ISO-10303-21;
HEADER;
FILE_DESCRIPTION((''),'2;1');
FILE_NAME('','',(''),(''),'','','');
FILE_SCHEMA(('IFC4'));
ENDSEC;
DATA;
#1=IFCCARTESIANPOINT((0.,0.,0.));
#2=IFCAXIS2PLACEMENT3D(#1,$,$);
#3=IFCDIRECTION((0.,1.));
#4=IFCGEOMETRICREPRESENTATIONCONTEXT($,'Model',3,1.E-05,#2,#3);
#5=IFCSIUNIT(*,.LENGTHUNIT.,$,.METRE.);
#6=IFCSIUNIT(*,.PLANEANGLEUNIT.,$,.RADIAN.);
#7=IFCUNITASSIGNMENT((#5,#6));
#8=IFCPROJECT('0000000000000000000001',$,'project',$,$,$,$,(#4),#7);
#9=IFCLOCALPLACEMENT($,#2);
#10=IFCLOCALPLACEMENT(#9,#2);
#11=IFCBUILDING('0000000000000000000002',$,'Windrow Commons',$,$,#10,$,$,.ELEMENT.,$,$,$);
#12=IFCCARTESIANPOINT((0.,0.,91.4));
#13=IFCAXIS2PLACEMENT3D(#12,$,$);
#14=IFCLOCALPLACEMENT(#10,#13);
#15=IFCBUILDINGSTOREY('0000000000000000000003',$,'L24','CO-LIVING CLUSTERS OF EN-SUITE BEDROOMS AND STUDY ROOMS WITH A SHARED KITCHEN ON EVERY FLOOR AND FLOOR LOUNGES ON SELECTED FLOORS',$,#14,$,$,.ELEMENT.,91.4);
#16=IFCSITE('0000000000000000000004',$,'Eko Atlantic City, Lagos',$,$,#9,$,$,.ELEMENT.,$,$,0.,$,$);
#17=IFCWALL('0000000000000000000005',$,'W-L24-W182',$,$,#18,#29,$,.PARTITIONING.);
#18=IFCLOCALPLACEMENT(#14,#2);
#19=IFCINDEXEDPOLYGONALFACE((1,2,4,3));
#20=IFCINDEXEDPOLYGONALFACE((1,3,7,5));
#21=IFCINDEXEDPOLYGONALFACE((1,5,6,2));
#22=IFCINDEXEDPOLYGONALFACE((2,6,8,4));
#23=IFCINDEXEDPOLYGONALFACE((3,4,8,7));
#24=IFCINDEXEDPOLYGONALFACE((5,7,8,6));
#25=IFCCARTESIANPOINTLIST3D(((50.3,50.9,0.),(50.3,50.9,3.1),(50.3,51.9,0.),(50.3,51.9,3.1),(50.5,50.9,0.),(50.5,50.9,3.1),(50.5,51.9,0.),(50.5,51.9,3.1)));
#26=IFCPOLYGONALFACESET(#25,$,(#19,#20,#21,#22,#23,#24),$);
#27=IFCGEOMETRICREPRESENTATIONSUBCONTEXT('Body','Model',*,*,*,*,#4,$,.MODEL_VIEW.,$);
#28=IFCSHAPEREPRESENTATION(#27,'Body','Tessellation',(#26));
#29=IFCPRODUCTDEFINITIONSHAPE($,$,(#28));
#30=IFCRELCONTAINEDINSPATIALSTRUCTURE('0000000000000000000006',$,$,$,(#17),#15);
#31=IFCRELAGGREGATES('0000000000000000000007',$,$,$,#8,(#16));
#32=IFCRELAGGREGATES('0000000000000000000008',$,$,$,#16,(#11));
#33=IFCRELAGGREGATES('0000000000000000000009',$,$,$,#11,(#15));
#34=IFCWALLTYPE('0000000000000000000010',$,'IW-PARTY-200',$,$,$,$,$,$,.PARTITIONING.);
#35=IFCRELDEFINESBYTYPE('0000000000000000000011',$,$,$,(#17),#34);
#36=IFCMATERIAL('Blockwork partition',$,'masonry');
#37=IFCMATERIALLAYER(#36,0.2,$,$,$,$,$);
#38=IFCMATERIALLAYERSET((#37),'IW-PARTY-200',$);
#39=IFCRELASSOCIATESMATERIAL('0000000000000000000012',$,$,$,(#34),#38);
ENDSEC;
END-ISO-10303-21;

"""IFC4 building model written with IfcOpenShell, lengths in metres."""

from ifc_helpers import new_model, si_unit, direction, frame, frame_2d, origin, place, context, subcontext, project, spatial, rectangle, extrude, material, layer, layer_set, type_object, element, save


model = new_model("IFC4")

# Units and contexts
model_context = context("Model", 3, precision=1e-05, world=origin(), true_north=direction((0.0, 1.0)))
body_context = subcontext(model_context, "Body", "Model", "MODEL_VIEW")
ifc_project = project(units=[si_unit("LENGTHUNIT", "METRE"), si_unit("PLANEANGLEUNIT", "RADIAN")], contexts=[model_context])

# Site, building, storey
site_placement = place(None, origin())
site = spatial("IfcSite", under=ifc_project, at=site_placement, Name="Eko Atlantic City, Lagos", CompositionType="ELEMENT", RefElevation=0.0)
building_placement = place(site_placement, origin())
building = spatial("IfcBuilding", under=site, at=building_placement, Name="Windrow Commons", CompositionType="ELEMENT")
storey_placement = place(building_placement, frame((0.0, 0.0, 91.4)))
storey = spatial("IfcBuildingStorey", under=building, at=storey_placement, Name="L24", Description="CO-LIVING CLUSTERS OF EN-SUITE BEDROOMS AND STUDY ROOMS WITH A SHARED KITCHEN ON EVERY FLOOR AND FLOOR LOUNGES ON SELECTED FLOORS", CompositionType="ELEMENT", Elevation=91.4)

# Wall
ifc_material_1 = material(Name="Blockwork partition", Category="masonry")
ifc_layer_1 = layer(ifc_material_1, 0.2)
ifc_layer_set_1 = layer_set([ifc_layer_1], Name="IW-PARTY-200")
wall_type_1 = type_object("IfcWallType", Name="IW-PARTY-200", PredefinedType="PARTITIONING", material=ifc_layer_set_1)
wall_1_placement = place(storey_placement, frame((50.4, 50.9, 0.0), z_axis=(0.0, 0.0, 1.0), x_axis=(0.0, 1.0, 0.0)))
element("IfcWall", 1, at=wall_1_placement, inside=storey, type_object=wall_type_1, Name="W-L24-W182", PredefinedType="PARTITIONING", context=body_context, shape_type="SweptSolid", body=[
    extrude(rectangle(XDim=1.0, YDim=0.2, at=frame_2d((0.5, 0.0))), origin(), (0.0, 0.0, 1.0), 3.1),
])

save(model, "model.ifc")
